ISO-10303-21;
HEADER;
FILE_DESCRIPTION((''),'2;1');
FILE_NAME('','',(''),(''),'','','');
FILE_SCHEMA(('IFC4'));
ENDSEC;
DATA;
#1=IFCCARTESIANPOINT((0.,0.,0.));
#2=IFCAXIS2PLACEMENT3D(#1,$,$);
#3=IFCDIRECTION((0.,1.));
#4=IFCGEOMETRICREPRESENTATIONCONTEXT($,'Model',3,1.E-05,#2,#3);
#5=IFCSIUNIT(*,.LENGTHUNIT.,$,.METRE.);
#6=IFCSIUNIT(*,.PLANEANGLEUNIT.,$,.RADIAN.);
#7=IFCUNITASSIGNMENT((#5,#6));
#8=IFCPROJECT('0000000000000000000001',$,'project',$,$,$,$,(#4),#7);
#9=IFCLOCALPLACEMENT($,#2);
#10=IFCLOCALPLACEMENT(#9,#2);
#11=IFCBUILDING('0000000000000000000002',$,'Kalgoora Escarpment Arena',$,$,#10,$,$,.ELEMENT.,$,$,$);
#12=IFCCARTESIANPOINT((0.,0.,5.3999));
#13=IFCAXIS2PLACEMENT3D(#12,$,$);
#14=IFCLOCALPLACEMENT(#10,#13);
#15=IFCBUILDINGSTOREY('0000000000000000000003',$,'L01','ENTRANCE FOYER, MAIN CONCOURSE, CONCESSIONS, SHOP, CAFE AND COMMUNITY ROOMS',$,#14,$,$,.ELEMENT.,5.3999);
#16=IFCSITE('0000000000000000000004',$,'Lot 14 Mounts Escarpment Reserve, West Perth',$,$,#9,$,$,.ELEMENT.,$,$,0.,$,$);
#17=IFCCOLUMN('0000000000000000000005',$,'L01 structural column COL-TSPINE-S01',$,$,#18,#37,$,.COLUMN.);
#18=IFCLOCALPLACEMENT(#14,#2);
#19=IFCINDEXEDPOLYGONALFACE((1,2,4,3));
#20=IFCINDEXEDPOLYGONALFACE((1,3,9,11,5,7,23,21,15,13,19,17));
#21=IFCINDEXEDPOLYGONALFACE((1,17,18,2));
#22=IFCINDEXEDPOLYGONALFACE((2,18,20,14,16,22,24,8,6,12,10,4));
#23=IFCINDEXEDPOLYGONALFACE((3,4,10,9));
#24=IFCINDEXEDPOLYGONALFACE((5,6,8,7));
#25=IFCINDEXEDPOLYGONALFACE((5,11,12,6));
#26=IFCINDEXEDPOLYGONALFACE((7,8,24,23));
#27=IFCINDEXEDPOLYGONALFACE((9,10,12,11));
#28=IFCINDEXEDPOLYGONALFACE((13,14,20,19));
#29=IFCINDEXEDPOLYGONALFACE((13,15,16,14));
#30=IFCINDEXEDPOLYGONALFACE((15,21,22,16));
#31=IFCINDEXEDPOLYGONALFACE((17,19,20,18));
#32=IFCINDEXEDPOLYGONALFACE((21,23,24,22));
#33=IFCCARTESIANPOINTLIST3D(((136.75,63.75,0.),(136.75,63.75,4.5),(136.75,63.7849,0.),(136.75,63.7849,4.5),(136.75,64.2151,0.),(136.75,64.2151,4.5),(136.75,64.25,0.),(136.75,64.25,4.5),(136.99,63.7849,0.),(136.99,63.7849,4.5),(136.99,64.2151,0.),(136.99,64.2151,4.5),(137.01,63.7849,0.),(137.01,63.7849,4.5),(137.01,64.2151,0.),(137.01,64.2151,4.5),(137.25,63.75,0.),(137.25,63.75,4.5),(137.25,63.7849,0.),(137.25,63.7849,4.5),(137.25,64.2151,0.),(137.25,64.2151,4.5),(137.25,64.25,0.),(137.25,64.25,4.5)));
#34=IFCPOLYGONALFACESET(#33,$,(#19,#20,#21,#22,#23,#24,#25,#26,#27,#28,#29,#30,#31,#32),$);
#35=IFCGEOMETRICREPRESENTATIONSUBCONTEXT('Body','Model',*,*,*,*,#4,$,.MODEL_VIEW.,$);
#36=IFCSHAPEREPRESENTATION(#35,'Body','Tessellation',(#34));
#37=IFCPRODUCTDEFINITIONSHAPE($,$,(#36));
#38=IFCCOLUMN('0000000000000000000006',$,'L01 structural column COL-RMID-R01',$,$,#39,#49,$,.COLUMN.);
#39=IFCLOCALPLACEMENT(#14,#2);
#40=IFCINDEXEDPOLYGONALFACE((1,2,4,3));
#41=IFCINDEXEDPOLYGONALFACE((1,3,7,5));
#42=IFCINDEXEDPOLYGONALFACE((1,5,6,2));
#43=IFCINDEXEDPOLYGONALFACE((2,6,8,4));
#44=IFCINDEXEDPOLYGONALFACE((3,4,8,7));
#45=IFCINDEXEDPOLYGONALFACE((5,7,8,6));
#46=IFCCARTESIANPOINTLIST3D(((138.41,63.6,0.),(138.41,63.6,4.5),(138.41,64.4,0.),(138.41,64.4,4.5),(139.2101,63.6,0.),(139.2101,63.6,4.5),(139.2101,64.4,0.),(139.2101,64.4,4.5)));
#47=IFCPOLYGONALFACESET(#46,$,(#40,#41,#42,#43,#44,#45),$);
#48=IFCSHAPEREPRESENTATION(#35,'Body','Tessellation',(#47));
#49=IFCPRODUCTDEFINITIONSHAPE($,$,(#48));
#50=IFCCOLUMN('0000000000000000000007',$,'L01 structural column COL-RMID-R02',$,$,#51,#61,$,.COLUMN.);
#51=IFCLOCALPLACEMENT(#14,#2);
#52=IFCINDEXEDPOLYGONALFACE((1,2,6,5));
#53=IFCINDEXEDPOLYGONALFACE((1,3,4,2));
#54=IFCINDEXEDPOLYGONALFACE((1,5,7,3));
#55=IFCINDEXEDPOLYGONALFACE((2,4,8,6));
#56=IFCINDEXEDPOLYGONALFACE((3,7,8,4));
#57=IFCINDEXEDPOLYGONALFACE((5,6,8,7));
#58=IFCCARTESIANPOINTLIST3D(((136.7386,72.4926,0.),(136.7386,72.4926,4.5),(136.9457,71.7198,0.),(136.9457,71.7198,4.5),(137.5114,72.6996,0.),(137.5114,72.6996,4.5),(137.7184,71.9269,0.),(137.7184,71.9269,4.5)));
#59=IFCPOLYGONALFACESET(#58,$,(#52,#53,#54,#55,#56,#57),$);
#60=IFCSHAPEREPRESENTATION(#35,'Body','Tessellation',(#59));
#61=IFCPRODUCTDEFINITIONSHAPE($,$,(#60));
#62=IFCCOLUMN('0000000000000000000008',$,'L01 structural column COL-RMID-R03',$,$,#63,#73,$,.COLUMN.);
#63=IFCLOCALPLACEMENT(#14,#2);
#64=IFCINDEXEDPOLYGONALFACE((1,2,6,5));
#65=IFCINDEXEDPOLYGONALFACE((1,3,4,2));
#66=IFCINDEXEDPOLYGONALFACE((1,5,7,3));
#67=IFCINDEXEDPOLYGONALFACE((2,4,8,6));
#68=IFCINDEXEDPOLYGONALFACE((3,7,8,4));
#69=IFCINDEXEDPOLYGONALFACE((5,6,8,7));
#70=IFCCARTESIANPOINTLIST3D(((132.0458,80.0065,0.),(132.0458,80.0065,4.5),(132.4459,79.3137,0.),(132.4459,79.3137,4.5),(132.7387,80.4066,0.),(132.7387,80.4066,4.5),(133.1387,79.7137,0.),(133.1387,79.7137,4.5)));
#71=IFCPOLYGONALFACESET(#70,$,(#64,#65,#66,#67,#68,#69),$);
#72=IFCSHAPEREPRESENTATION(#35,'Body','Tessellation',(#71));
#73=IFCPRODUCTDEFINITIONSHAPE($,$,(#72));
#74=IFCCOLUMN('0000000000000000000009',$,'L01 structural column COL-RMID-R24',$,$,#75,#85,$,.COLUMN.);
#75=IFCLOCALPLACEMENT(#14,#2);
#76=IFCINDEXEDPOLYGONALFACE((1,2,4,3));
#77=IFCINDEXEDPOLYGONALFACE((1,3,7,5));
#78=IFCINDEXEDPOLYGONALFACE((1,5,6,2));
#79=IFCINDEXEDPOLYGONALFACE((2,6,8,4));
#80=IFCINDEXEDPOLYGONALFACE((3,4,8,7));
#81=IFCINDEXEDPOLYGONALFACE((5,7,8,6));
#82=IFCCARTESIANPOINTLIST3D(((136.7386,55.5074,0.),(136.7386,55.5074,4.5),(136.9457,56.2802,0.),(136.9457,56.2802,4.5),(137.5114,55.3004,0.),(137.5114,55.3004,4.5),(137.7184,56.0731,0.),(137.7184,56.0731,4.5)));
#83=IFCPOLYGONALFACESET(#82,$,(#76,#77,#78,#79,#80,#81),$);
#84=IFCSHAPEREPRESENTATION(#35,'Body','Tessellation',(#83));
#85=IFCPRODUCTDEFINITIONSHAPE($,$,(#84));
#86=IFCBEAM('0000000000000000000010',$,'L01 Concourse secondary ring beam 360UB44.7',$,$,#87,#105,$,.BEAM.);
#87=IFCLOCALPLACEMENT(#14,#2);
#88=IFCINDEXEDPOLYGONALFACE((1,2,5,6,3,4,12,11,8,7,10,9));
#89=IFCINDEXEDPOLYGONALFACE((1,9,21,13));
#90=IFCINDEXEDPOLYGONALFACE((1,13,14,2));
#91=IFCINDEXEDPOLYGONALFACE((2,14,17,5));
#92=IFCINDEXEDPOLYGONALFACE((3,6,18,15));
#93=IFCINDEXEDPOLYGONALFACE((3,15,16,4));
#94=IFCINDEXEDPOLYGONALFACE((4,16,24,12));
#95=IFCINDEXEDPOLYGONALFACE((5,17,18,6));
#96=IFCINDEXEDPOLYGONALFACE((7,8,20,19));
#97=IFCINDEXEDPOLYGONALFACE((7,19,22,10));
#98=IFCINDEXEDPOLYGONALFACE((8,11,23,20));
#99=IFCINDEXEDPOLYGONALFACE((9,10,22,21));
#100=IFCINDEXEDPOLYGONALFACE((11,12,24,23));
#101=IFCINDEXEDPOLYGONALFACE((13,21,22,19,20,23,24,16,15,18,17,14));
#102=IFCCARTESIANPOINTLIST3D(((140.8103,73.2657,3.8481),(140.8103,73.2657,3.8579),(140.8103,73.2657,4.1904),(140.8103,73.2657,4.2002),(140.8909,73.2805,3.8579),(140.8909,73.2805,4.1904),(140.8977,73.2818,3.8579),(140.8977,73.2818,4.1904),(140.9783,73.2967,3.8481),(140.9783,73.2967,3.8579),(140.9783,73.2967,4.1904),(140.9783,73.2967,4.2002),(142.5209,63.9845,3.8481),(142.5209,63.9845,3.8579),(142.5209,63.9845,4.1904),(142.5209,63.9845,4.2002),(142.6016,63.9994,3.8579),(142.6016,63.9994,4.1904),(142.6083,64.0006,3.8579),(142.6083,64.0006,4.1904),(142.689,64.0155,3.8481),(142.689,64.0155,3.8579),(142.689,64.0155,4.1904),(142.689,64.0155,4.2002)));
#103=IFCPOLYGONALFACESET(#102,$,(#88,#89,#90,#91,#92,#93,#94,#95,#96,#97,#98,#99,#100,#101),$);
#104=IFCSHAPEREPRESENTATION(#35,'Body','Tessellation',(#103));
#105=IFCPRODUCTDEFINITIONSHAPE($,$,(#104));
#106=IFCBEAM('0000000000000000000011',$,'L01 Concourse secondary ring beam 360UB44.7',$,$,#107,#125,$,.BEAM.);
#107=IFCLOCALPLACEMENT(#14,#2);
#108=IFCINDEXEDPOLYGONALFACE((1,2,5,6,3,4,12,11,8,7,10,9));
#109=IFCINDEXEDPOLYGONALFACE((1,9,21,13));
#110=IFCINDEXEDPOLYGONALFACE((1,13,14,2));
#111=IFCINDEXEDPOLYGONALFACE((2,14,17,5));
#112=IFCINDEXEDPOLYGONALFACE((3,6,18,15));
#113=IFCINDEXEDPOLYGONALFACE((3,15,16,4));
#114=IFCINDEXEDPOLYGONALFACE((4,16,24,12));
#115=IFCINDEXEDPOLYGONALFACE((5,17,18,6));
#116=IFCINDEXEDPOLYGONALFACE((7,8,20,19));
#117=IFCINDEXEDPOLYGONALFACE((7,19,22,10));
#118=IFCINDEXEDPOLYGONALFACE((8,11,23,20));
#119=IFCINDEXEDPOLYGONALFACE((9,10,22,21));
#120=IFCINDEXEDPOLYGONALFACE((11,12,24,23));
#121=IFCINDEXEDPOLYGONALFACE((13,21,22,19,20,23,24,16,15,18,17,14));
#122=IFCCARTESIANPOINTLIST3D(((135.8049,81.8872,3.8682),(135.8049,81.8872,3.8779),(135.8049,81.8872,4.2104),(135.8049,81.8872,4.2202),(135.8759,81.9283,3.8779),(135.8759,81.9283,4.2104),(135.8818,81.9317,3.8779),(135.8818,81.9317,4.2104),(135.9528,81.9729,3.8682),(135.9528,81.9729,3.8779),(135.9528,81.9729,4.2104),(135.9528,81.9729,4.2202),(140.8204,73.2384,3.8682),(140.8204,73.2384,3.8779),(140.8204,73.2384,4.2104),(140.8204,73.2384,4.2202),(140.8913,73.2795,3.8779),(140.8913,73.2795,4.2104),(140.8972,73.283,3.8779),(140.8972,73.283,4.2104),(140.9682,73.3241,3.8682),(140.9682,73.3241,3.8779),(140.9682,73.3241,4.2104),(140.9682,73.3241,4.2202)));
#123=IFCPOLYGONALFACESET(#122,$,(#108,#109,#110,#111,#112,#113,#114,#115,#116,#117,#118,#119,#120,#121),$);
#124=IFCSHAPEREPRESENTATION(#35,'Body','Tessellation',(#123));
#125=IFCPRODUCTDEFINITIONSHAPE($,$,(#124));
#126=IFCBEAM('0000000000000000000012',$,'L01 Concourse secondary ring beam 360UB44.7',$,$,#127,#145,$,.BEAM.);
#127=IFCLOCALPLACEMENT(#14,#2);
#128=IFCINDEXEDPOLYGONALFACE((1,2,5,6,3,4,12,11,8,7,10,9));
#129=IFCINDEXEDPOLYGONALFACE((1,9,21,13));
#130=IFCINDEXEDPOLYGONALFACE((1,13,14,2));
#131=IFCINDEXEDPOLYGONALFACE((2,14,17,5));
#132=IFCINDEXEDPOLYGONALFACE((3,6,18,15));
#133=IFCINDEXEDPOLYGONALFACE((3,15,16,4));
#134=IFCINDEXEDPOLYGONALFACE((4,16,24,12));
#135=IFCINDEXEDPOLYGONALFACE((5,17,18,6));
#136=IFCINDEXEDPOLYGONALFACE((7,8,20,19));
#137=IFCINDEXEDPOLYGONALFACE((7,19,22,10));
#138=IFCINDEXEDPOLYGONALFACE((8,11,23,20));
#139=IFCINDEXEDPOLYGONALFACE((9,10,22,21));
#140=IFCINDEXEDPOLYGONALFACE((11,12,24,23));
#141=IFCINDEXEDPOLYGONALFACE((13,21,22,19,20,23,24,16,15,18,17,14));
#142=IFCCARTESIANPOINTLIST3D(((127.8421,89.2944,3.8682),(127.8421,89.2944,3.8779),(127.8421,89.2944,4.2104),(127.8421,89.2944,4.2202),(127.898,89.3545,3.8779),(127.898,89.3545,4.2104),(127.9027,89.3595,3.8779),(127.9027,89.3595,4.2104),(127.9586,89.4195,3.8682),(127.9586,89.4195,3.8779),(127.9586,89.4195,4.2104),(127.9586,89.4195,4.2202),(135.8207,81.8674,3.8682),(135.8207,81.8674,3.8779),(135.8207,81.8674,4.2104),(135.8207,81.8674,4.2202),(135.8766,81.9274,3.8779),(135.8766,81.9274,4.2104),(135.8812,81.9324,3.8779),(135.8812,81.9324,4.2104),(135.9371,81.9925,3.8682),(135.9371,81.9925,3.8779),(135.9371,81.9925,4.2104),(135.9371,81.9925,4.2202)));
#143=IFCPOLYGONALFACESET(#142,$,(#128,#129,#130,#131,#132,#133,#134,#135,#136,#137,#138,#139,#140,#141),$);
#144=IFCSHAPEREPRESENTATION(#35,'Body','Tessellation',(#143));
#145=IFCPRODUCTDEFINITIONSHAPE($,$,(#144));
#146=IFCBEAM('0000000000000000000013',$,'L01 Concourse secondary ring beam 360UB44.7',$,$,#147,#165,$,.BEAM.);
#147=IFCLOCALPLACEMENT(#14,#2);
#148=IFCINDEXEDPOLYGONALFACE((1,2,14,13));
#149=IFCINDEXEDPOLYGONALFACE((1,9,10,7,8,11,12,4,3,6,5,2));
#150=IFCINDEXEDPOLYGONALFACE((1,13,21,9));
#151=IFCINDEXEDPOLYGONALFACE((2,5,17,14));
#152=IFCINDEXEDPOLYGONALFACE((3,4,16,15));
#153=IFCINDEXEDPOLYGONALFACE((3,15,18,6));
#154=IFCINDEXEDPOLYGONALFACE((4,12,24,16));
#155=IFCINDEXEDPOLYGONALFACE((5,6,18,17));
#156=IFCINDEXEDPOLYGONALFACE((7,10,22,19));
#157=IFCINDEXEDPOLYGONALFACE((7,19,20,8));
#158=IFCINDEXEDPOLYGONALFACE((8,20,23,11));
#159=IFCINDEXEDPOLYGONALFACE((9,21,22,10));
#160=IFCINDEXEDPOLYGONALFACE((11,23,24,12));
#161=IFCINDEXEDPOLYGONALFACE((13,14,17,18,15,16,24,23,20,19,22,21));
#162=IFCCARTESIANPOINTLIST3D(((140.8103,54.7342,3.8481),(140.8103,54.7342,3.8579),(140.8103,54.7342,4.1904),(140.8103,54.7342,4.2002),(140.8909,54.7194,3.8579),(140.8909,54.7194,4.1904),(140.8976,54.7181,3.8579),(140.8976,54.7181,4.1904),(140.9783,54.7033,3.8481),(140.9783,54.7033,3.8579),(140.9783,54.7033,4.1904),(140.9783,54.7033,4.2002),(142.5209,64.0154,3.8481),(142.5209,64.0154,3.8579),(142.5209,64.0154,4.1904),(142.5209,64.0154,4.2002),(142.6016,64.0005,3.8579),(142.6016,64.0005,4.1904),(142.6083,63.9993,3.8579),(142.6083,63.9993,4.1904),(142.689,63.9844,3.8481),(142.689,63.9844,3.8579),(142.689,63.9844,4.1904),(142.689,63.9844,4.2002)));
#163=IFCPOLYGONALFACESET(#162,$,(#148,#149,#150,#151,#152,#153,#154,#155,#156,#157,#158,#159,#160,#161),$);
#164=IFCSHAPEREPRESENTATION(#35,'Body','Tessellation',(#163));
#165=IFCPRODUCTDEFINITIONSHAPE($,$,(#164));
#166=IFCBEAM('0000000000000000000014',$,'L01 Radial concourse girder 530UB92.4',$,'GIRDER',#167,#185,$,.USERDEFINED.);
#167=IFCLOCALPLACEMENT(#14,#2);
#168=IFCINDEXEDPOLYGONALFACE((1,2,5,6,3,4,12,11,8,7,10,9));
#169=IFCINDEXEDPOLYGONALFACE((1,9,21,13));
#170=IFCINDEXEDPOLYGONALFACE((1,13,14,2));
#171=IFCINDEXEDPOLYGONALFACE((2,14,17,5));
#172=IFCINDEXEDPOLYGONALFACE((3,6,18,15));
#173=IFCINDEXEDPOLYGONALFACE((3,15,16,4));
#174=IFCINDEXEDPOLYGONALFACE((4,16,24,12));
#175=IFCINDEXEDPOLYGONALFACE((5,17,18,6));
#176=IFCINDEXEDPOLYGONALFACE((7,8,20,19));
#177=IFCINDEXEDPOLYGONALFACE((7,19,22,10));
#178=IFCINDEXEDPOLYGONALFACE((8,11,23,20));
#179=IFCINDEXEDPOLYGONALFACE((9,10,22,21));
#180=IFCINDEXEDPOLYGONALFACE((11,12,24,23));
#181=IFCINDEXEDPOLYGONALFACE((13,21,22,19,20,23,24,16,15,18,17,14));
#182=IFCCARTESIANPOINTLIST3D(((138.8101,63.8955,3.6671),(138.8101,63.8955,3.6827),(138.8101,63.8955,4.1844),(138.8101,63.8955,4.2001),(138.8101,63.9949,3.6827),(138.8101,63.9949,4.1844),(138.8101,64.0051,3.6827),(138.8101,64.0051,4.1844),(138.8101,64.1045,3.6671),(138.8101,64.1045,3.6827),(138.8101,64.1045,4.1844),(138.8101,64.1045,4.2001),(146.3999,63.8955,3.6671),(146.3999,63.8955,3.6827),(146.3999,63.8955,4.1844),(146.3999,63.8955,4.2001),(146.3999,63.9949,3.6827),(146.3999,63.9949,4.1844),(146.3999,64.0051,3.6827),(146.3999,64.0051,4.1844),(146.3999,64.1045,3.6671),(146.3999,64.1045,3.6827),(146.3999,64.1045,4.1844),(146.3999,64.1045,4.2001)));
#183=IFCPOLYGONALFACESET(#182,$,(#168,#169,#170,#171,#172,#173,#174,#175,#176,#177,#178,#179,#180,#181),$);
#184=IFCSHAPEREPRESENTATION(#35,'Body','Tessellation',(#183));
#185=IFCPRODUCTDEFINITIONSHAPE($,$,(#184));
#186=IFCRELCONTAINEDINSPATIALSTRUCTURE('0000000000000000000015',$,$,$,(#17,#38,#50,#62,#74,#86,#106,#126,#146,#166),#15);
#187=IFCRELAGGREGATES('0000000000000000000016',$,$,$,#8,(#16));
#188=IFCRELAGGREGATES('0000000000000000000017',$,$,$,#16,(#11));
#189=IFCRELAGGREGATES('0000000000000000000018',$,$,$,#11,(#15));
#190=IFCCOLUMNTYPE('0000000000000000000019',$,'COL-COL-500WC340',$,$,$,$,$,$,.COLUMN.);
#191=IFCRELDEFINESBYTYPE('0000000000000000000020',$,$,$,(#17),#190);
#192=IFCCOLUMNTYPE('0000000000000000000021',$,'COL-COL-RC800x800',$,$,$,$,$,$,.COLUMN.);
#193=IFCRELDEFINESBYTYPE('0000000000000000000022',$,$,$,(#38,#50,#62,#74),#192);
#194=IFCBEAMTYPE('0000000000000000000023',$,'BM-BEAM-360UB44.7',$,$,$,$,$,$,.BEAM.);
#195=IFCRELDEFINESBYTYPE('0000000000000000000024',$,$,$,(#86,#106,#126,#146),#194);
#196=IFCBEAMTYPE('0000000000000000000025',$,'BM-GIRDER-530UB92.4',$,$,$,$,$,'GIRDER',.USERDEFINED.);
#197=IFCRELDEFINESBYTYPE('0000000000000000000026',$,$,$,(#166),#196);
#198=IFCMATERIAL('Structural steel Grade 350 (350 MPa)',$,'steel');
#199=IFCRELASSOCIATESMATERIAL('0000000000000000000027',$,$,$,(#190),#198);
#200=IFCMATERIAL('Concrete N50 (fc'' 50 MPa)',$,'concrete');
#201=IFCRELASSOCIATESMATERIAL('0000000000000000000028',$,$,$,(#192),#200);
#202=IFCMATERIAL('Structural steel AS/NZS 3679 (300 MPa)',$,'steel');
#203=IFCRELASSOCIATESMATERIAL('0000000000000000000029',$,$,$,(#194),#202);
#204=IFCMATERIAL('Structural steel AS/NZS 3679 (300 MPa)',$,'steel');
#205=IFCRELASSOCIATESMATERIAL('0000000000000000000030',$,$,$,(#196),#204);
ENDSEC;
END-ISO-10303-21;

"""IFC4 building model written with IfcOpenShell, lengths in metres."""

from ifc_helpers import new_model, si_unit, direction, frame, origin, origin_2d, place, context, subcontext, project, spatial, rectangle, i_section, extrude, material, material_profile, profile_set, type_object, element, save


model = new_model("IFC4")

# Units and contexts
model_context = context("Model", 3, precision=1e-05, world=origin(), true_north=direction((0.0, 1.0)))
body_context = subcontext(model_context, "Body", "Model", "MODEL_VIEW")
ifc_project = project(units=[si_unit("LENGTHUNIT", "METRE"), si_unit("PLANEANGLEUNIT", "RADIAN")], contexts=[model_context])

# Site, building, storey
site_placement = place(None, origin())
site = spatial("IfcSite", under=ifc_project, at=site_placement, Name="Lot 14 Mounts Escarpment Reserve, West Perth", CompositionType="ELEMENT", RefElevation=0.0)
building_placement = place(site_placement, origin())
building = spatial("IfcBuilding", under=site, at=building_placement, Name="Kalgoora Escarpment Arena", CompositionType="ELEMENT")
storey_placement = place(building_placement, frame((0.0, 0.0, 5.3999)))
storey = spatial("IfcBuildingStorey", under=building, at=storey_placement, Name="L01", Description="ENTRANCE FOYER, MAIN CONCOURSE, CONCESSIONS, SHOP, CAFE AND COMMUNITY ROOMS", CompositionType="ELEMENT", Elevation=5.3999)

# Columns
ifc_material_1 = material(Name="Structural steel Grade 350 (350 MPa)", Category="steel")
ifc_material_profile_1 = material_profile(ifc_material_1, i_section(OverallWidth=0.5, OverallDepth=0.5, WebThickness=0.02, FlangeThickness=0.0349, at=origin_2d()))
ifc_profile_set_1 = profile_set([ifc_material_profile_1], Name="Structural steel Grade 350 (350 MPa)")
column_type_1 = type_object("IfcColumnType", Name="COL-COL-500WC340", PredefinedType="COLUMN", material=ifc_profile_set_1)
column_placement = place(storey_placement, frame((137.0, 64.0, 0.0), z_axis=(0.0, 0.0, 1.0), x_axis=(1.0, 0.0, 0.0)))
element("IfcColumn", 1, at=column_placement, inside=storey, type_object=column_type_1, Name="L01 structural column COL-TSPINE-S01", PredefinedType="COLUMN", context=body_context, shape_type="SweptSolid", body=[
    extrude(i_section(OverallWidth=0.5, OverallDepth=0.5, WebThickness=0.02, FlangeThickness=0.0349, at=origin_2d()), origin(), (0.0, 0.0, 1.0), 4.5),
])
ifc_material_2 = material(Name="Concrete N50 (fc' 50 MPa)", Category="concrete")
ifc_material_profile_2 = material_profile(ifc_material_2, rectangle(XDim=0.8, YDim=0.8, at=origin_2d()))
ifc_profile_set_2 = profile_set([ifc_material_profile_2], Name="Concrete N50 (fc' 50 MPa)")
column_type_2 = type_object("IfcColumnType", Name="COL-COL-RC800x800", PredefinedType="COLUMN", material=ifc_profile_set_2)
for number, where, z_axis, x_axis, name in (
    (2, (138.8101, 64.0, 0.0), (0.0, 0.0, 1.0), (1.0, 0.0, 0.0), "L01 structural column COL-RMID-R01"),
    (3, (137.2285, 72.2097, 0.0), (0.0, 0.0, 1.0), (0.965926, 0.258819, 0.0), "L01 structural column COL-RMID-R02"),
    (4, (132.5923, 79.8601, 0.0), (0.0, 0.0, 1.0), (0.866025, 0.5, 0.0), "L01 structural column COL-RMID-R03"),
    (5, (137.2285, 55.7903, 0.0), (0.0, 0.0, 1.0), (0.965926, -0.258819, 0.0), "L01 structural column COL-RMID-R24"),
):
    element("IfcColumn", number, at=place(storey_placement, frame(where, z_axis=z_axis, x_axis=x_axis)), inside=storey, type_object=column_type_2, Name=name, PredefinedType="COLUMN", context=body_context, shape_type="SweptSolid", body=[
        extrude(rectangle(XDim=0.8, YDim=0.8, at=origin_2d()), origin(), (0.0, 0.0, 1.0), 4.5),
    ])

# Beams
ifc_material_3 = material(Name="Structural steel AS/NZS 3679 (300 MPa)", Category="steel")
ifc_material_profile_3 = material_profile(ifc_material_3, i_section(OverallWidth=0.1709, OverallDepth=0.3521, WebThickness=0.0068, FlangeThickness=0.0098, at=origin_2d()))
ifc_profile_set_3 = profile_set([ifc_material_profile_3], Name="Structural steel AS/NZS 3679 (300 MPa)")
beam_type_1 = type_object("IfcBeamType", Name="BM-BEAM-360UB44.7", PredefinedType="BEAM", material=ifc_profile_set_3)
beam_1_placement = place(storey_placement, frame((142.605, 64.0, 4.0242), z_axis=(-0.181264, 0.983435, 0.0), x_axis=(-0.983435, -0.181264, 0.0)))
element("IfcBeam", 6, at=beam_1_placement, inside=storey, type_object=beam_type_1, Name="L01 Concourse secondary ring beam 360UB44.7", PredefinedType="BEAM", context=body_context, shape_type="SweptSolid", body=[
    extrude(i_section(OverallWidth=0.1709, OverallDepth=0.3521, WebThickness=0.0068, FlangeThickness=0.0098, at=origin_2d()), origin(), (0.0, 0.0, 1.0), 9.4375),
])
beam_2_placement = place(storey_placement, frame((140.8943, 73.2812, 4.0442), z_axis=(-0.501654, 0.865068, 0.0), x_axis=(-0.865068, -0.501654, 0.0)))
element("IfcBeam", 7, at=beam_2_placement, inside=storey, type_object=beam_type_1, Name="L01 Concourse secondary ring beam 360UB44.7", PredefinedType="BEAM", context=body_context, shape_type="SweptSolid", body=[
    extrude(i_section(OverallWidth=0.1709, OverallDepth=0.3521, WebThickness=0.0068, FlangeThickness=0.0098, at=origin_2d()), origin(), (0.0, 0.0, 1.0), 9.9978),
])
beam_3_placement = place(storey_placement, frame((135.8789, 81.9299, 4.0442), z_axis=(-0.731952, 0.681356, 0.0), x_axis=(-0.681356, -0.731952, 0.0)))
element("IfcBeam", 8, at=beam_3_placement, inside=storey, type_object=beam_type_1, Name="L01 Concourse secondary ring beam 360UB44.7", PredefinedType="BEAM", context=body_context, shape_type="SweptSolid", body=[
    extrude(i_section(OverallWidth=0.1709, OverallDepth=0.3521, WebThickness=0.0068, FlangeThickness=0.0098, at=origin_2d()), origin(), (0.0, 0.0, 1.0), 10.9004),
])
beam_4_placement = place(storey_placement, frame((140.8943, 54.7188, 4.0242), z_axis=(0.181264, 0.983435, 0.0), x_axis=(-0.983435, 0.181264, 0.0)))
element("IfcBeam", 9, at=beam_4_placement, inside=storey, type_object=beam_type_1, Name="L01 Concourse secondary ring beam 360UB44.7", PredefinedType="BEAM", context=body_context, shape_type="SweptSolid", body=[
    extrude(i_section(OverallWidth=0.1709, OverallDepth=0.3521, WebThickness=0.0068, FlangeThickness=0.0098, at=origin_2d()), origin(), (0.0, 0.0, 1.0), 9.4375),
])
ifc_material_4 = material(Name="Structural steel AS/NZS 3679 (300 MPa)", Category="steel")
ifc_material_profile_4 = material_profile(ifc_material_4, i_section(OverallWidth=0.209, OverallDepth=0.533, WebThickness=0.0103, FlangeThickness=0.0156, at=origin_2d()))
ifc_profile_set_4 = profile_set([ifc_material_profile_4], Name="Structural steel AS/NZS 3679 (300 MPa)")
beam_type_2 = type_object("IfcBeamType", Name="BM-GIRDER-530UB92.4", ElementType="GIRDER", PredefinedType="USERDEFINED", material=ifc_profile_set_4)
beam_5_placement = place(storey_placement, frame((138.8101, 64.0, 3.9336), z_axis=(1.0, 0.0, 0.0), x_axis=(0.0, 1.0, 0.0)))
element("IfcBeam", 10, at=beam_5_placement, inside=storey, type_object=beam_type_2, Name="L01 Radial concourse girder 530UB92.4", ObjectType="GIRDER", PredefinedType="USERDEFINED", context=body_context, shape_type="SweptSolid", body=[
    extrude(i_section(OverallWidth=0.209, OverallDepth=0.533, WebThickness=0.0103, FlangeThickness=0.0156, at=origin_2d()), origin(), (0.0, 0.0, 1.0), 7.5898),
])

save(model, "model.ifc")
